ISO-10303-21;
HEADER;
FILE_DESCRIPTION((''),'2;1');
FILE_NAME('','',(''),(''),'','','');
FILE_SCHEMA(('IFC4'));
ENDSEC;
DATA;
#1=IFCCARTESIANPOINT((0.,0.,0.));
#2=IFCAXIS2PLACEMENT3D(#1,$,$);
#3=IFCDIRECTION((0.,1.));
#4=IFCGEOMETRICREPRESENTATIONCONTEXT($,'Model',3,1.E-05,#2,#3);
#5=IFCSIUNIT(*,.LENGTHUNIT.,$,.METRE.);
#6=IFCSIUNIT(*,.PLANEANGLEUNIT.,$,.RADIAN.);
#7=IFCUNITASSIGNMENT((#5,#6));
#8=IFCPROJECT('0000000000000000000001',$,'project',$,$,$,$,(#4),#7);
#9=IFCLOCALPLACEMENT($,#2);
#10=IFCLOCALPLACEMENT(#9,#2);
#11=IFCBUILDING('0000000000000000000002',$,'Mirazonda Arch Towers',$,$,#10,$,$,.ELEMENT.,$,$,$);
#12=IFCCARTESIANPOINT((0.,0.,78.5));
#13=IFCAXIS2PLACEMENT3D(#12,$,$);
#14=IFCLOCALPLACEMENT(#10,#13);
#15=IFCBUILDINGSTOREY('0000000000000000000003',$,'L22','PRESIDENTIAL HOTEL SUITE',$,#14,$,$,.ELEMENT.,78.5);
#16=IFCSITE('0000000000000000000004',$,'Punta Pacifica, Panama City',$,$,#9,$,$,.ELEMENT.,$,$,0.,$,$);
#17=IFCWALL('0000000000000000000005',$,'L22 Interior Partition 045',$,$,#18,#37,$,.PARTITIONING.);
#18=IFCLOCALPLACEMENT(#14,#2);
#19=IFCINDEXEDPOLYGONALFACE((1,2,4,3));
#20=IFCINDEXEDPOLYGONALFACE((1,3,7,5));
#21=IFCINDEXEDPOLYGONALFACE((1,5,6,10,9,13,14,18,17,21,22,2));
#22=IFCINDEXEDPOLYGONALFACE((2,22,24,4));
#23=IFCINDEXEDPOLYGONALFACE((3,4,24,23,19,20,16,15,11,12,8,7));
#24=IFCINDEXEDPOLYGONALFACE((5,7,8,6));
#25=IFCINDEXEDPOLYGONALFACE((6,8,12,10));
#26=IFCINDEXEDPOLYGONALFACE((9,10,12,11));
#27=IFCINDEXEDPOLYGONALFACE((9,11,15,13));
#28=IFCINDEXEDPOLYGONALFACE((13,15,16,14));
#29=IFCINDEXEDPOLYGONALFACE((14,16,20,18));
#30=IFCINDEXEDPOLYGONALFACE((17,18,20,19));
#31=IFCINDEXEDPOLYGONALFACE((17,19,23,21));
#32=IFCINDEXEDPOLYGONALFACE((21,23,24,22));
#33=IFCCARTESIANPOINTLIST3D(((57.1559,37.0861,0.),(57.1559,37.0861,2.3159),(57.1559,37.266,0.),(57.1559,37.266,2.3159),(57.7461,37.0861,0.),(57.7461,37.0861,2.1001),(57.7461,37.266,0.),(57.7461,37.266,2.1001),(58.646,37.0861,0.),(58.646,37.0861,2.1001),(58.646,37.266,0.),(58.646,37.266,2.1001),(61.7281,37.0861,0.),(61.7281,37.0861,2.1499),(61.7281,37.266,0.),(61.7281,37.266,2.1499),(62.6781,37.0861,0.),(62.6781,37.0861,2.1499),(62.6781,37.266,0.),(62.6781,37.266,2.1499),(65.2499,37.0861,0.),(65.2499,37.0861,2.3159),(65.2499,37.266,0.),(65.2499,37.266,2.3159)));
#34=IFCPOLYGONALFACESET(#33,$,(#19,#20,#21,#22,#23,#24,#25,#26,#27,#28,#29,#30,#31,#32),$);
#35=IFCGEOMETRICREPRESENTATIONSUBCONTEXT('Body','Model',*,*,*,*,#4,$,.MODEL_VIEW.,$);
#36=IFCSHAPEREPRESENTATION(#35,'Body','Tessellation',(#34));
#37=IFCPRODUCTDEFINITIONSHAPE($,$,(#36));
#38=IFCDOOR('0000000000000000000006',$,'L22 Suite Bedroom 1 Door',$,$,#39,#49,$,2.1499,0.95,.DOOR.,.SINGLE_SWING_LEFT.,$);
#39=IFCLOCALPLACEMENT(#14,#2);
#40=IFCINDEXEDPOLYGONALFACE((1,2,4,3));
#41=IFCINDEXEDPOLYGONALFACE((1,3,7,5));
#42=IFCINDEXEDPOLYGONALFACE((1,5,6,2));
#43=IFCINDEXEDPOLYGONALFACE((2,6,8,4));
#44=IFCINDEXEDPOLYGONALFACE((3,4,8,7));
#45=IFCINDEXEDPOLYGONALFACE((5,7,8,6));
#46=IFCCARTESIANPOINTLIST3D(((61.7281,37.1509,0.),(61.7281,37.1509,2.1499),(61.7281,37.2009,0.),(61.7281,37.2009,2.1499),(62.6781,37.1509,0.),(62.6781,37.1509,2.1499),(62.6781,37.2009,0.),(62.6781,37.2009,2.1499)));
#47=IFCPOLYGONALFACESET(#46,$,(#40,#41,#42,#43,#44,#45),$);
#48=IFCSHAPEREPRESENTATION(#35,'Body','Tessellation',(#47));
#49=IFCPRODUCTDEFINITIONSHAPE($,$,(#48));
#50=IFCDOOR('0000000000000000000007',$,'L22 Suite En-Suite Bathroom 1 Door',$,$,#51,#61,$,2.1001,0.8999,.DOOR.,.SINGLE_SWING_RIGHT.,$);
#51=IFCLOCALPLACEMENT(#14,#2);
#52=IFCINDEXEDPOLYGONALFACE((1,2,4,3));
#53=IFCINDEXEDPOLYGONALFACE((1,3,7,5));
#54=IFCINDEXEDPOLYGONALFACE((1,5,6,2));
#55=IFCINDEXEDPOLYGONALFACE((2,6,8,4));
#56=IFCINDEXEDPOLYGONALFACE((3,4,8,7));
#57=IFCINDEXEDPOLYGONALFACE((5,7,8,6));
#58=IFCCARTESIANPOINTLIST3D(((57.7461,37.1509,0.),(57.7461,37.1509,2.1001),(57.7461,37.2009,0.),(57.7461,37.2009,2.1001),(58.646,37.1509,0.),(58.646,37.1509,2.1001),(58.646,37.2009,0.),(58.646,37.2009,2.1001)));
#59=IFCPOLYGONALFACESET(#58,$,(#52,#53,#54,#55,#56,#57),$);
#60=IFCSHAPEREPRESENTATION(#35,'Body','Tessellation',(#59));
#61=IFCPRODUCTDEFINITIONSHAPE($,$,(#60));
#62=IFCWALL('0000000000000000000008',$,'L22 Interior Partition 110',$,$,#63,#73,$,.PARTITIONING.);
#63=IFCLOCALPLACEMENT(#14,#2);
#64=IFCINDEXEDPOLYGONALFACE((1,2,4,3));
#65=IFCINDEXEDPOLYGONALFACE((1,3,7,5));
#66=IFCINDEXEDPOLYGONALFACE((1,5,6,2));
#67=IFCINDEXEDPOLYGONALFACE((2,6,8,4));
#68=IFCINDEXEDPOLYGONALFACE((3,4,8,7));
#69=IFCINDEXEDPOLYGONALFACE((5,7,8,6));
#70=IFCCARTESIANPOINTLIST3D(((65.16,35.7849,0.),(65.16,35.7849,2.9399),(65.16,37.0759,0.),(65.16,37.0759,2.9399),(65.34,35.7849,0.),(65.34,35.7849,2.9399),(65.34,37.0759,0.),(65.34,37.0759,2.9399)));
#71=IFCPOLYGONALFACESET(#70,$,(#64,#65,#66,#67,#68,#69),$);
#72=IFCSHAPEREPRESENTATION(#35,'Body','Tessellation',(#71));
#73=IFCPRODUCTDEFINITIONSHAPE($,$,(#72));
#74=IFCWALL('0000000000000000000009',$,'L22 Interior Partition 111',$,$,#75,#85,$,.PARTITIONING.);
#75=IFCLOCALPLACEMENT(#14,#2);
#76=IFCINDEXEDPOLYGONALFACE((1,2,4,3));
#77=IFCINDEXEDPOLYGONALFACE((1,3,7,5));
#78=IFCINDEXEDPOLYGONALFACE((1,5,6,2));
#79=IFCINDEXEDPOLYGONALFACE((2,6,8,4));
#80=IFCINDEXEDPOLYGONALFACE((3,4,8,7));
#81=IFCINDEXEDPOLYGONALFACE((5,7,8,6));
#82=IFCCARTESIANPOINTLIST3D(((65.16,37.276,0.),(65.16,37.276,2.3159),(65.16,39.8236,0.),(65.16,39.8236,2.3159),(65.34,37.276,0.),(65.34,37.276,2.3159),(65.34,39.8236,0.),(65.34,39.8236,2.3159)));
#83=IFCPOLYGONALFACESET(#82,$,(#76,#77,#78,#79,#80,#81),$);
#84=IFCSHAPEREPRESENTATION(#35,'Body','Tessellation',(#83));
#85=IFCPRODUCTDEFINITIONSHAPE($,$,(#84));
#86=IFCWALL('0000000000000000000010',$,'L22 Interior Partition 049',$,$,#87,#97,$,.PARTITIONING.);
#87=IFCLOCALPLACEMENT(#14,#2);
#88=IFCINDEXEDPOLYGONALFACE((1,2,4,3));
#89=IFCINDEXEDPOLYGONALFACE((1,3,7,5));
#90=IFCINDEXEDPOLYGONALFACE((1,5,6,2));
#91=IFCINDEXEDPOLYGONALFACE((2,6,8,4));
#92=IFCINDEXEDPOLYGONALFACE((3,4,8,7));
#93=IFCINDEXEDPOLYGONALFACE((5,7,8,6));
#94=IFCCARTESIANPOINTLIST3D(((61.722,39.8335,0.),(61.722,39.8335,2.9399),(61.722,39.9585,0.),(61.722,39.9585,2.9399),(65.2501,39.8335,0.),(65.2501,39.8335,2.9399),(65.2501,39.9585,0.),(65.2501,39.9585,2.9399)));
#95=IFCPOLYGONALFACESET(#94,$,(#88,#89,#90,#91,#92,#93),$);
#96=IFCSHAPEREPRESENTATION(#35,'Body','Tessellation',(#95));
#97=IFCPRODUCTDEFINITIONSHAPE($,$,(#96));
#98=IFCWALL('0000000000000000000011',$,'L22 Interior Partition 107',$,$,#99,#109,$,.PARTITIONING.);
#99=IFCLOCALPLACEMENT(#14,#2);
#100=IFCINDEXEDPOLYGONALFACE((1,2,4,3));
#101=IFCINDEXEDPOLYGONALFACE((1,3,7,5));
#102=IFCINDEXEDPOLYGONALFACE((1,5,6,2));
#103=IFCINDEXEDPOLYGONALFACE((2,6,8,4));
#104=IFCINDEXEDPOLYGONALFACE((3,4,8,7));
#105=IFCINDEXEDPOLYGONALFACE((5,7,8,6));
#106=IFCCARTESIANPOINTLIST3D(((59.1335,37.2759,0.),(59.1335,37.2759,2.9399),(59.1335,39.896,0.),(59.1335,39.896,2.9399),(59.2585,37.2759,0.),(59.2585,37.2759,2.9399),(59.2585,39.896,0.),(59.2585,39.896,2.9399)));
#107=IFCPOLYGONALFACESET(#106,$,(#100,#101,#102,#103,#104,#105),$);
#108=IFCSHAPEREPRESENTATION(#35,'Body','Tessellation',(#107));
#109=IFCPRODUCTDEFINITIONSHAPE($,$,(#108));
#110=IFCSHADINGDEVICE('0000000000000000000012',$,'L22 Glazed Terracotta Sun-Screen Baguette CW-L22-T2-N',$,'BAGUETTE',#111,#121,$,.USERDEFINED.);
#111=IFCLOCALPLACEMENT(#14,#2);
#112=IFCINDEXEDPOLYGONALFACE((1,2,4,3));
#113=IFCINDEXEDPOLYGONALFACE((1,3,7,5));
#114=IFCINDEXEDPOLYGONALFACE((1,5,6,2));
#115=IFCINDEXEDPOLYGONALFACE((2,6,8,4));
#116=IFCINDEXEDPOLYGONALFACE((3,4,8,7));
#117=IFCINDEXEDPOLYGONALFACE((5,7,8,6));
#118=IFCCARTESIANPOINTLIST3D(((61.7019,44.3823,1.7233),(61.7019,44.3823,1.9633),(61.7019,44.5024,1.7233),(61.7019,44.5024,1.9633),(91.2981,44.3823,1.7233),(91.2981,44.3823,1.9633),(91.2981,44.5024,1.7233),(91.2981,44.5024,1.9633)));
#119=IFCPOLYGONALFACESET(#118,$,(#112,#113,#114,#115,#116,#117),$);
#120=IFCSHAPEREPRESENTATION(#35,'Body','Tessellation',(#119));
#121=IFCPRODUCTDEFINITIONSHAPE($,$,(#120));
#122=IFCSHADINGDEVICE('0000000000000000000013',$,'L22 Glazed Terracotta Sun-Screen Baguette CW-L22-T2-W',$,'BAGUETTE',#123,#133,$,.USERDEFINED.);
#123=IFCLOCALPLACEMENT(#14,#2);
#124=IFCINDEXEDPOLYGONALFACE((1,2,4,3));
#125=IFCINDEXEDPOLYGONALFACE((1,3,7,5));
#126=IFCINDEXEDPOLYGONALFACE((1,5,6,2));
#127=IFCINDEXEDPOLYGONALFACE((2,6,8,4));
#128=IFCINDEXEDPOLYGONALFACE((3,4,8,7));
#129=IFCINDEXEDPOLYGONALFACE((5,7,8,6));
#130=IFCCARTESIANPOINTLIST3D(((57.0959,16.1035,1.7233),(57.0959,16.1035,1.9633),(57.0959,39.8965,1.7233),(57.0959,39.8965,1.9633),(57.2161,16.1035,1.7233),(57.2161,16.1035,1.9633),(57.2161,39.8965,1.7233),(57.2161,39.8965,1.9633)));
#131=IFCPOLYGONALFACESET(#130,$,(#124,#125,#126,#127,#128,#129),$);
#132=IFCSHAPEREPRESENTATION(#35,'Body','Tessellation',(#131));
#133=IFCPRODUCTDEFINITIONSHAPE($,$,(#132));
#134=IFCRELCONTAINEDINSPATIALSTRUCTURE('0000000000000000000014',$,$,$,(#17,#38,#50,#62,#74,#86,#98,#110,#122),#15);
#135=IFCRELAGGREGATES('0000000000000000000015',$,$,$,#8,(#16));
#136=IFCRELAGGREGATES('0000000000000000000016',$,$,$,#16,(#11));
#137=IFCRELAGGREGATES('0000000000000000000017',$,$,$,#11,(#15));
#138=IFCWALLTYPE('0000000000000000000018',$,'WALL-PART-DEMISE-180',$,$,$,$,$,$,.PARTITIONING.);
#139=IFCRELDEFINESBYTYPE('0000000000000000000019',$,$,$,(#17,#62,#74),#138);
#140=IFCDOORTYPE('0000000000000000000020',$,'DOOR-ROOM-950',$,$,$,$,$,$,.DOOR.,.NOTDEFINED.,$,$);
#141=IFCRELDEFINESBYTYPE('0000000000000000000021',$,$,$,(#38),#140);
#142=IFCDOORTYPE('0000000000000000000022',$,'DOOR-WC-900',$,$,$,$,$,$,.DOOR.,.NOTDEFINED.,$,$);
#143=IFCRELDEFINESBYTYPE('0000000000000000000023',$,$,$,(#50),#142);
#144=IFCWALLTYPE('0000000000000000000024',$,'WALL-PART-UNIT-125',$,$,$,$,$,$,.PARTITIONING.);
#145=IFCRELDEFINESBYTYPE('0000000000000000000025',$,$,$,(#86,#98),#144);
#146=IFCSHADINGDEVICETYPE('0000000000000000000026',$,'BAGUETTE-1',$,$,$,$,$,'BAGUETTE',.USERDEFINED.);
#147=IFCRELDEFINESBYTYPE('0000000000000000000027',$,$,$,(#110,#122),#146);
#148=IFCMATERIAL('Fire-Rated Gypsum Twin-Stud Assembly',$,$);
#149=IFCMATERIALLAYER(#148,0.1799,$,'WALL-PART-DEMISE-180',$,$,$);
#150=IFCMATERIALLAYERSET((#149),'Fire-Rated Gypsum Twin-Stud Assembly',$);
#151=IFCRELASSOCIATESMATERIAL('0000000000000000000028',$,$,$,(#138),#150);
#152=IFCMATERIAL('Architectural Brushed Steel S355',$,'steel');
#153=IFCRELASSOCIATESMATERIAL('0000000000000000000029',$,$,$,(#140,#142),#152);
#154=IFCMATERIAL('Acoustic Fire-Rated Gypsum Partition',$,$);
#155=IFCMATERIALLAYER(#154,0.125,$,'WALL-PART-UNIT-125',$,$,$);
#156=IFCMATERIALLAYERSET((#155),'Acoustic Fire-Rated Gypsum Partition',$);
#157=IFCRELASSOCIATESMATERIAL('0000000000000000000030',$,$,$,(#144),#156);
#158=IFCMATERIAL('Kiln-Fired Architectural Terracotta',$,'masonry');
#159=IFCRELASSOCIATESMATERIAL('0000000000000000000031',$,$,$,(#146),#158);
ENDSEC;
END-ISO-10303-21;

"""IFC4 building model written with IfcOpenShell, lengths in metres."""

from ifc_helpers import new_model, si_unit, direction, frame, frame_2d, origin, origin_2d, place, context, subcontext, project, spatial, rectangle, extrude, material, layer, layer_set, material_profile, profile_set, type_object, element, fill, save


model = new_model("IFC4")

# Units and contexts
model_context = context("Model", 3, precision=1e-05, world=origin(), true_north=direction((0.0, 1.0)))
body_context = subcontext(model_context, "Body", "Model", "MODEL_VIEW")
ifc_project = project(units=[si_unit("LENGTHUNIT", "METRE"), si_unit("PLANEANGLEUNIT", "RADIAN")], contexts=[model_context])

# Site, building, storey
site_placement = place(None, origin())
site = spatial("IfcSite", under=ifc_project, at=site_placement, Name="Punta Pacifica, Panama City", CompositionType="ELEMENT", RefElevation=0.0)
building_placement = place(site_placement, origin())
building = spatial("IfcBuilding", under=site, at=building_placement, Name="Mirazonda Arch Towers", CompositionType="ELEMENT")
storey_placement = place(building_placement, frame((0.0, 0.0, 78.5)))
storey = spatial("IfcBuildingStorey", under=building, at=storey_placement, Name="L22", Description="PRESIDENTIAL HOTEL SUITE", CompositionType="ELEMENT", Elevation=78.5)

# Wall, openings, doors
ifc_material_1 = material(Name="Fire-Rated Gypsum Twin-Stud Assembly")
ifc_layer_1 = layer(ifc_material_1, 0.1799, Name="WALL-PART-DEMISE-180")
ifc_layer_set_1 = layer_set([ifc_layer_1], Name="Fire-Rated Gypsum Twin-Stud Assembly")
wall_type_1 = type_object("IfcWallType", Name="WALL-PART-DEMISE-180", PredefinedType="PARTITIONING", material=ifc_layer_set_1)
wall_1_placement = place(storey_placement, frame((57.156, 37.176, 0.0), z_axis=(0.0, 0.0, 1.0), x_axis=(1.0, 0.0, 0.0)))
wall_1 = element("IfcWall", 1, at=wall_1_placement, inside=storey, type_object=wall_type_1, Name="L22 Interior Partition 045", PredefinedType="PARTITIONING", context=body_context, shape_type="SweptSolid", body=[
    extrude(rectangle(XDim=8.094, YDim=0.1799, at=frame_2d((4.0469, 0.0))), origin(), (0.0, 0.0, 1.0), 2.3159),
])
opening_1_placement = place(wall_1_placement, frame((4.572, 0.0, 0.0)))
opening_1 = element("IfcOpeningElement", 2, at=opening_1_placement, cuts=wall_1, PredefinedType="OPENING", context=body_context, shape_type="SweptSolid", body=[
    extrude(rectangle(XDim=0.95, YDim=2.1499, at=frame_2d((0.4751, 1.075))), frame((0.0, 0.0999, 0.0), z_axis=(0.0, -1.0, 0.0), x_axis=(1.0, 0.0, 0.0)), (0.0, 0.0, 1.0), 0.2),
])
opening_2_placement = place(wall_1_placement, frame((0.5901, 0.0, 0.0)))
opening_2 = element("IfcOpeningElement", 3, at=opening_2_placement, cuts=wall_1, PredefinedType="OPENING", context=body_context, shape_type="SweptSolid", body=[
    extrude(rectangle(XDim=0.8999, YDim=2.1001, at=frame_2d((0.45, 1.05))), frame((0.0, 0.0999, 0.0), z_axis=(0.0, -1.0, 0.0), x_axis=(1.0, 0.0, 0.0)), (0.0, 0.0, 1.0), 0.2),
])
ifc_material_2 = material(Name="Architectural Brushed Steel S355", Category="steel")
door_type_1 = type_object("IfcDoorType", Name="DOOR-ROOM-950", OperationType="NOTDEFINED", PredefinedType="DOOR", material=ifc_material_2)
door_1_placement = place(opening_1_placement, origin())
door_1 = element("IfcDoor", 4, at=door_1_placement, inside=storey, type_object=door_type_1, Name="L22 Suite Bedroom 1 Door", OperationType="SINGLE_SWING_LEFT", OverallHeight=2.1499, OverallWidth=0.95, PredefinedType="DOOR", context=body_context, shape_type="SweptSolid", body=[
    extrude(rectangle(XDim=0.95, YDim=2.1499, at=frame_2d((0.4751, 1.075))), frame((0.0, 0.0249, 0.0), z_axis=(0.0, -1.0, 0.0), x_axis=(1.0, 0.0, 0.0)), (0.0, 0.0, 1.0), 0.05),
])
fill(opening_1, door_1)
door_type_2 = type_object("IfcDoorType", Name="DOOR-WC-900", OperationType="NOTDEFINED", PredefinedType="DOOR", material=ifc_material_2)
door_2_placement = place(opening_2_placement, origin())
door_2 = element("IfcDoor", 5, at=door_2_placement, inside=storey, type_object=door_type_2, Name="L22 Suite En-Suite Bathroom 1 Door", OperationType="SINGLE_SWING_RIGHT", OverallHeight=2.1001, OverallWidth=0.8999, PredefinedType="DOOR", context=body_context, shape_type="SweptSolid", body=[
    extrude(rectangle(XDim=0.8999, YDim=2.1001, at=frame_2d((0.45, 1.05))), frame((0.0, 0.0249, 0.0), z_axis=(0.0, -1.0, 0.0), x_axis=(1.0, 0.0, 0.0)), (0.0, 0.0, 1.0), 0.05),
])
fill(opening_2, door_2)

# Walls
wall_2_placement = place(storey_placement, frame((65.25, 35.7849, 0.0), z_axis=(0.0, 0.0, 1.0), x_axis=(0.0, 1.0, 0.0)))
element("IfcWall", 6, at=wall_2_placement, inside=storey, type_object=wall_type_1, Name="L22 Interior Partition 110", PredefinedType="PARTITIONING", context=body_context, shape_type="SweptSolid", body=[
    extrude(rectangle(XDim=1.291, YDim=0.1799, at=frame_2d((0.6455, 0.0))), origin(), (0.0, 0.0, 1.0), 2.9399),
])
wall_3_placement = place(storey_placement, frame((65.25, 37.2759, 0.0), z_axis=(0.0, 0.0, 1.0), x_axis=(0.0, 1.0, 0.0)))
element("IfcWall", 7, at=wall_3_placement, inside=storey, type_object=wall_type_1, Name="L22 Interior Partition 111", PredefinedType="PARTITIONING", context=body_context, shape_type="SweptSolid", body=[
    extrude(rectangle(XDim=2.5476, YDim=0.1799, at=frame_2d((1.2739, 0.0))), origin(), (0.0, 0.0, 1.0), 2.3159),
])
ifc_material_3 = material(Name="Acoustic Fire-Rated Gypsum Partition")
ifc_layer_2 = layer(ifc_material_3, 0.125, Name="WALL-PART-UNIT-125")
ifc_layer_set_2 = layer_set([ifc_layer_2], Name="Acoustic Fire-Rated Gypsum Partition")
wall_type_2 = type_object("IfcWallType", Name="WALL-PART-UNIT-125", PredefinedType="PARTITIONING", material=ifc_layer_set_2)
wall_4_placement = place(storey_placement, frame((61.7219, 39.896, 0.0), z_axis=(0.0, 0.0, 1.0), x_axis=(1.0, 0.0, 0.0)))
element("IfcWall", 8, at=wall_4_placement, inside=storey, type_object=wall_type_2, Name="L22 Interior Partition 049", PredefinedType="PARTITIONING", context=body_context, shape_type="SweptSolid", body=[
    extrude(rectangle(XDim=3.5281, YDim=0.125, at=frame_2d((1.7642, 0.0))), origin(), (0.0, 0.0, 1.0), 2.9399),
])
wall_5_placement = place(storey_placement, frame((59.196, 37.2759, 0.0), z_axis=(0.0, 0.0, 1.0), x_axis=(0.0, 1.0, 0.0)))
element("IfcWall", 9, at=wall_5_placement, inside=storey, type_object=wall_type_2, Name="L22 Interior Partition 107", PredefinedType="PARTITIONING", context=body_context, shape_type="SweptSolid", body=[
    extrude(rectangle(XDim=2.6201, YDim=0.125, at=frame_2d((1.3101, 0.0))), origin(), (0.0, 0.0, 1.0), 2.9399),
])

# Shading devices
ifc_material_4 = material(Name="Kiln-Fired Architectural Terracotta", Category="masonry")
ifc_material_profile_1 = material_profile(ifc_material_4, rectangle(XDim=0.1201, YDim=0.24, at=origin_2d()), Name="TERRA-BAG-120x240")
ifc_profile_set_1 = profile_set([ifc_material_profile_1], Name="Kiln-Fired Architectural Terracotta")
shading_device_type = type_object("IfcShadingDeviceType", Name="BAGUETTE-1", ElementType="BAGUETTE", PredefinedType="USERDEFINED", material=ifc_profile_set_1)
shading_device_1_placement = place(storey_placement, frame((61.7019, 44.4424, 1.8433), z_axis=(1.0, 0.0, 0.0), x_axis=(0.0, 1.0, 0.0)))
element("IfcShadingDevice", 10, at=shading_device_1_placement, inside=storey, type_object=shading_device_type, Name="L22 Glazed Terracotta Sun-Screen Baguette CW-L22-T2-N", ObjectType="BAGUETTE", PredefinedType="USERDEFINED", context=body_context, shape_type="SweptSolid", body=[
    extrude(rectangle(XDim=0.1201, YDim=0.24, at=origin_2d()), origin(), (0.0, 0.0, 1.0), 29.5962),
])
shading_device_2_placement = place(storey_placement, frame((57.156, 39.8965, 1.8433), z_axis=(0.0, -1.0, 0.0), x_axis=(1.0, 0.0, 0.0)))
element("IfcShadingDevice", 11, at=shading_device_2_placement, inside=storey, type_object=shading_device_type, Name="L22 Glazed Terracotta Sun-Screen Baguette CW-L22-T2-W", ObjectType="BAGUETTE", PredefinedType="USERDEFINED", context=body_context, shape_type="SweptSolid", body=[
    extrude(rectangle(XDim=0.1201, YDim=0.24, at=origin_2d()), origin(), (0.0, 0.0, 1.0), 23.793),
])

save(model, "model.ifc")
